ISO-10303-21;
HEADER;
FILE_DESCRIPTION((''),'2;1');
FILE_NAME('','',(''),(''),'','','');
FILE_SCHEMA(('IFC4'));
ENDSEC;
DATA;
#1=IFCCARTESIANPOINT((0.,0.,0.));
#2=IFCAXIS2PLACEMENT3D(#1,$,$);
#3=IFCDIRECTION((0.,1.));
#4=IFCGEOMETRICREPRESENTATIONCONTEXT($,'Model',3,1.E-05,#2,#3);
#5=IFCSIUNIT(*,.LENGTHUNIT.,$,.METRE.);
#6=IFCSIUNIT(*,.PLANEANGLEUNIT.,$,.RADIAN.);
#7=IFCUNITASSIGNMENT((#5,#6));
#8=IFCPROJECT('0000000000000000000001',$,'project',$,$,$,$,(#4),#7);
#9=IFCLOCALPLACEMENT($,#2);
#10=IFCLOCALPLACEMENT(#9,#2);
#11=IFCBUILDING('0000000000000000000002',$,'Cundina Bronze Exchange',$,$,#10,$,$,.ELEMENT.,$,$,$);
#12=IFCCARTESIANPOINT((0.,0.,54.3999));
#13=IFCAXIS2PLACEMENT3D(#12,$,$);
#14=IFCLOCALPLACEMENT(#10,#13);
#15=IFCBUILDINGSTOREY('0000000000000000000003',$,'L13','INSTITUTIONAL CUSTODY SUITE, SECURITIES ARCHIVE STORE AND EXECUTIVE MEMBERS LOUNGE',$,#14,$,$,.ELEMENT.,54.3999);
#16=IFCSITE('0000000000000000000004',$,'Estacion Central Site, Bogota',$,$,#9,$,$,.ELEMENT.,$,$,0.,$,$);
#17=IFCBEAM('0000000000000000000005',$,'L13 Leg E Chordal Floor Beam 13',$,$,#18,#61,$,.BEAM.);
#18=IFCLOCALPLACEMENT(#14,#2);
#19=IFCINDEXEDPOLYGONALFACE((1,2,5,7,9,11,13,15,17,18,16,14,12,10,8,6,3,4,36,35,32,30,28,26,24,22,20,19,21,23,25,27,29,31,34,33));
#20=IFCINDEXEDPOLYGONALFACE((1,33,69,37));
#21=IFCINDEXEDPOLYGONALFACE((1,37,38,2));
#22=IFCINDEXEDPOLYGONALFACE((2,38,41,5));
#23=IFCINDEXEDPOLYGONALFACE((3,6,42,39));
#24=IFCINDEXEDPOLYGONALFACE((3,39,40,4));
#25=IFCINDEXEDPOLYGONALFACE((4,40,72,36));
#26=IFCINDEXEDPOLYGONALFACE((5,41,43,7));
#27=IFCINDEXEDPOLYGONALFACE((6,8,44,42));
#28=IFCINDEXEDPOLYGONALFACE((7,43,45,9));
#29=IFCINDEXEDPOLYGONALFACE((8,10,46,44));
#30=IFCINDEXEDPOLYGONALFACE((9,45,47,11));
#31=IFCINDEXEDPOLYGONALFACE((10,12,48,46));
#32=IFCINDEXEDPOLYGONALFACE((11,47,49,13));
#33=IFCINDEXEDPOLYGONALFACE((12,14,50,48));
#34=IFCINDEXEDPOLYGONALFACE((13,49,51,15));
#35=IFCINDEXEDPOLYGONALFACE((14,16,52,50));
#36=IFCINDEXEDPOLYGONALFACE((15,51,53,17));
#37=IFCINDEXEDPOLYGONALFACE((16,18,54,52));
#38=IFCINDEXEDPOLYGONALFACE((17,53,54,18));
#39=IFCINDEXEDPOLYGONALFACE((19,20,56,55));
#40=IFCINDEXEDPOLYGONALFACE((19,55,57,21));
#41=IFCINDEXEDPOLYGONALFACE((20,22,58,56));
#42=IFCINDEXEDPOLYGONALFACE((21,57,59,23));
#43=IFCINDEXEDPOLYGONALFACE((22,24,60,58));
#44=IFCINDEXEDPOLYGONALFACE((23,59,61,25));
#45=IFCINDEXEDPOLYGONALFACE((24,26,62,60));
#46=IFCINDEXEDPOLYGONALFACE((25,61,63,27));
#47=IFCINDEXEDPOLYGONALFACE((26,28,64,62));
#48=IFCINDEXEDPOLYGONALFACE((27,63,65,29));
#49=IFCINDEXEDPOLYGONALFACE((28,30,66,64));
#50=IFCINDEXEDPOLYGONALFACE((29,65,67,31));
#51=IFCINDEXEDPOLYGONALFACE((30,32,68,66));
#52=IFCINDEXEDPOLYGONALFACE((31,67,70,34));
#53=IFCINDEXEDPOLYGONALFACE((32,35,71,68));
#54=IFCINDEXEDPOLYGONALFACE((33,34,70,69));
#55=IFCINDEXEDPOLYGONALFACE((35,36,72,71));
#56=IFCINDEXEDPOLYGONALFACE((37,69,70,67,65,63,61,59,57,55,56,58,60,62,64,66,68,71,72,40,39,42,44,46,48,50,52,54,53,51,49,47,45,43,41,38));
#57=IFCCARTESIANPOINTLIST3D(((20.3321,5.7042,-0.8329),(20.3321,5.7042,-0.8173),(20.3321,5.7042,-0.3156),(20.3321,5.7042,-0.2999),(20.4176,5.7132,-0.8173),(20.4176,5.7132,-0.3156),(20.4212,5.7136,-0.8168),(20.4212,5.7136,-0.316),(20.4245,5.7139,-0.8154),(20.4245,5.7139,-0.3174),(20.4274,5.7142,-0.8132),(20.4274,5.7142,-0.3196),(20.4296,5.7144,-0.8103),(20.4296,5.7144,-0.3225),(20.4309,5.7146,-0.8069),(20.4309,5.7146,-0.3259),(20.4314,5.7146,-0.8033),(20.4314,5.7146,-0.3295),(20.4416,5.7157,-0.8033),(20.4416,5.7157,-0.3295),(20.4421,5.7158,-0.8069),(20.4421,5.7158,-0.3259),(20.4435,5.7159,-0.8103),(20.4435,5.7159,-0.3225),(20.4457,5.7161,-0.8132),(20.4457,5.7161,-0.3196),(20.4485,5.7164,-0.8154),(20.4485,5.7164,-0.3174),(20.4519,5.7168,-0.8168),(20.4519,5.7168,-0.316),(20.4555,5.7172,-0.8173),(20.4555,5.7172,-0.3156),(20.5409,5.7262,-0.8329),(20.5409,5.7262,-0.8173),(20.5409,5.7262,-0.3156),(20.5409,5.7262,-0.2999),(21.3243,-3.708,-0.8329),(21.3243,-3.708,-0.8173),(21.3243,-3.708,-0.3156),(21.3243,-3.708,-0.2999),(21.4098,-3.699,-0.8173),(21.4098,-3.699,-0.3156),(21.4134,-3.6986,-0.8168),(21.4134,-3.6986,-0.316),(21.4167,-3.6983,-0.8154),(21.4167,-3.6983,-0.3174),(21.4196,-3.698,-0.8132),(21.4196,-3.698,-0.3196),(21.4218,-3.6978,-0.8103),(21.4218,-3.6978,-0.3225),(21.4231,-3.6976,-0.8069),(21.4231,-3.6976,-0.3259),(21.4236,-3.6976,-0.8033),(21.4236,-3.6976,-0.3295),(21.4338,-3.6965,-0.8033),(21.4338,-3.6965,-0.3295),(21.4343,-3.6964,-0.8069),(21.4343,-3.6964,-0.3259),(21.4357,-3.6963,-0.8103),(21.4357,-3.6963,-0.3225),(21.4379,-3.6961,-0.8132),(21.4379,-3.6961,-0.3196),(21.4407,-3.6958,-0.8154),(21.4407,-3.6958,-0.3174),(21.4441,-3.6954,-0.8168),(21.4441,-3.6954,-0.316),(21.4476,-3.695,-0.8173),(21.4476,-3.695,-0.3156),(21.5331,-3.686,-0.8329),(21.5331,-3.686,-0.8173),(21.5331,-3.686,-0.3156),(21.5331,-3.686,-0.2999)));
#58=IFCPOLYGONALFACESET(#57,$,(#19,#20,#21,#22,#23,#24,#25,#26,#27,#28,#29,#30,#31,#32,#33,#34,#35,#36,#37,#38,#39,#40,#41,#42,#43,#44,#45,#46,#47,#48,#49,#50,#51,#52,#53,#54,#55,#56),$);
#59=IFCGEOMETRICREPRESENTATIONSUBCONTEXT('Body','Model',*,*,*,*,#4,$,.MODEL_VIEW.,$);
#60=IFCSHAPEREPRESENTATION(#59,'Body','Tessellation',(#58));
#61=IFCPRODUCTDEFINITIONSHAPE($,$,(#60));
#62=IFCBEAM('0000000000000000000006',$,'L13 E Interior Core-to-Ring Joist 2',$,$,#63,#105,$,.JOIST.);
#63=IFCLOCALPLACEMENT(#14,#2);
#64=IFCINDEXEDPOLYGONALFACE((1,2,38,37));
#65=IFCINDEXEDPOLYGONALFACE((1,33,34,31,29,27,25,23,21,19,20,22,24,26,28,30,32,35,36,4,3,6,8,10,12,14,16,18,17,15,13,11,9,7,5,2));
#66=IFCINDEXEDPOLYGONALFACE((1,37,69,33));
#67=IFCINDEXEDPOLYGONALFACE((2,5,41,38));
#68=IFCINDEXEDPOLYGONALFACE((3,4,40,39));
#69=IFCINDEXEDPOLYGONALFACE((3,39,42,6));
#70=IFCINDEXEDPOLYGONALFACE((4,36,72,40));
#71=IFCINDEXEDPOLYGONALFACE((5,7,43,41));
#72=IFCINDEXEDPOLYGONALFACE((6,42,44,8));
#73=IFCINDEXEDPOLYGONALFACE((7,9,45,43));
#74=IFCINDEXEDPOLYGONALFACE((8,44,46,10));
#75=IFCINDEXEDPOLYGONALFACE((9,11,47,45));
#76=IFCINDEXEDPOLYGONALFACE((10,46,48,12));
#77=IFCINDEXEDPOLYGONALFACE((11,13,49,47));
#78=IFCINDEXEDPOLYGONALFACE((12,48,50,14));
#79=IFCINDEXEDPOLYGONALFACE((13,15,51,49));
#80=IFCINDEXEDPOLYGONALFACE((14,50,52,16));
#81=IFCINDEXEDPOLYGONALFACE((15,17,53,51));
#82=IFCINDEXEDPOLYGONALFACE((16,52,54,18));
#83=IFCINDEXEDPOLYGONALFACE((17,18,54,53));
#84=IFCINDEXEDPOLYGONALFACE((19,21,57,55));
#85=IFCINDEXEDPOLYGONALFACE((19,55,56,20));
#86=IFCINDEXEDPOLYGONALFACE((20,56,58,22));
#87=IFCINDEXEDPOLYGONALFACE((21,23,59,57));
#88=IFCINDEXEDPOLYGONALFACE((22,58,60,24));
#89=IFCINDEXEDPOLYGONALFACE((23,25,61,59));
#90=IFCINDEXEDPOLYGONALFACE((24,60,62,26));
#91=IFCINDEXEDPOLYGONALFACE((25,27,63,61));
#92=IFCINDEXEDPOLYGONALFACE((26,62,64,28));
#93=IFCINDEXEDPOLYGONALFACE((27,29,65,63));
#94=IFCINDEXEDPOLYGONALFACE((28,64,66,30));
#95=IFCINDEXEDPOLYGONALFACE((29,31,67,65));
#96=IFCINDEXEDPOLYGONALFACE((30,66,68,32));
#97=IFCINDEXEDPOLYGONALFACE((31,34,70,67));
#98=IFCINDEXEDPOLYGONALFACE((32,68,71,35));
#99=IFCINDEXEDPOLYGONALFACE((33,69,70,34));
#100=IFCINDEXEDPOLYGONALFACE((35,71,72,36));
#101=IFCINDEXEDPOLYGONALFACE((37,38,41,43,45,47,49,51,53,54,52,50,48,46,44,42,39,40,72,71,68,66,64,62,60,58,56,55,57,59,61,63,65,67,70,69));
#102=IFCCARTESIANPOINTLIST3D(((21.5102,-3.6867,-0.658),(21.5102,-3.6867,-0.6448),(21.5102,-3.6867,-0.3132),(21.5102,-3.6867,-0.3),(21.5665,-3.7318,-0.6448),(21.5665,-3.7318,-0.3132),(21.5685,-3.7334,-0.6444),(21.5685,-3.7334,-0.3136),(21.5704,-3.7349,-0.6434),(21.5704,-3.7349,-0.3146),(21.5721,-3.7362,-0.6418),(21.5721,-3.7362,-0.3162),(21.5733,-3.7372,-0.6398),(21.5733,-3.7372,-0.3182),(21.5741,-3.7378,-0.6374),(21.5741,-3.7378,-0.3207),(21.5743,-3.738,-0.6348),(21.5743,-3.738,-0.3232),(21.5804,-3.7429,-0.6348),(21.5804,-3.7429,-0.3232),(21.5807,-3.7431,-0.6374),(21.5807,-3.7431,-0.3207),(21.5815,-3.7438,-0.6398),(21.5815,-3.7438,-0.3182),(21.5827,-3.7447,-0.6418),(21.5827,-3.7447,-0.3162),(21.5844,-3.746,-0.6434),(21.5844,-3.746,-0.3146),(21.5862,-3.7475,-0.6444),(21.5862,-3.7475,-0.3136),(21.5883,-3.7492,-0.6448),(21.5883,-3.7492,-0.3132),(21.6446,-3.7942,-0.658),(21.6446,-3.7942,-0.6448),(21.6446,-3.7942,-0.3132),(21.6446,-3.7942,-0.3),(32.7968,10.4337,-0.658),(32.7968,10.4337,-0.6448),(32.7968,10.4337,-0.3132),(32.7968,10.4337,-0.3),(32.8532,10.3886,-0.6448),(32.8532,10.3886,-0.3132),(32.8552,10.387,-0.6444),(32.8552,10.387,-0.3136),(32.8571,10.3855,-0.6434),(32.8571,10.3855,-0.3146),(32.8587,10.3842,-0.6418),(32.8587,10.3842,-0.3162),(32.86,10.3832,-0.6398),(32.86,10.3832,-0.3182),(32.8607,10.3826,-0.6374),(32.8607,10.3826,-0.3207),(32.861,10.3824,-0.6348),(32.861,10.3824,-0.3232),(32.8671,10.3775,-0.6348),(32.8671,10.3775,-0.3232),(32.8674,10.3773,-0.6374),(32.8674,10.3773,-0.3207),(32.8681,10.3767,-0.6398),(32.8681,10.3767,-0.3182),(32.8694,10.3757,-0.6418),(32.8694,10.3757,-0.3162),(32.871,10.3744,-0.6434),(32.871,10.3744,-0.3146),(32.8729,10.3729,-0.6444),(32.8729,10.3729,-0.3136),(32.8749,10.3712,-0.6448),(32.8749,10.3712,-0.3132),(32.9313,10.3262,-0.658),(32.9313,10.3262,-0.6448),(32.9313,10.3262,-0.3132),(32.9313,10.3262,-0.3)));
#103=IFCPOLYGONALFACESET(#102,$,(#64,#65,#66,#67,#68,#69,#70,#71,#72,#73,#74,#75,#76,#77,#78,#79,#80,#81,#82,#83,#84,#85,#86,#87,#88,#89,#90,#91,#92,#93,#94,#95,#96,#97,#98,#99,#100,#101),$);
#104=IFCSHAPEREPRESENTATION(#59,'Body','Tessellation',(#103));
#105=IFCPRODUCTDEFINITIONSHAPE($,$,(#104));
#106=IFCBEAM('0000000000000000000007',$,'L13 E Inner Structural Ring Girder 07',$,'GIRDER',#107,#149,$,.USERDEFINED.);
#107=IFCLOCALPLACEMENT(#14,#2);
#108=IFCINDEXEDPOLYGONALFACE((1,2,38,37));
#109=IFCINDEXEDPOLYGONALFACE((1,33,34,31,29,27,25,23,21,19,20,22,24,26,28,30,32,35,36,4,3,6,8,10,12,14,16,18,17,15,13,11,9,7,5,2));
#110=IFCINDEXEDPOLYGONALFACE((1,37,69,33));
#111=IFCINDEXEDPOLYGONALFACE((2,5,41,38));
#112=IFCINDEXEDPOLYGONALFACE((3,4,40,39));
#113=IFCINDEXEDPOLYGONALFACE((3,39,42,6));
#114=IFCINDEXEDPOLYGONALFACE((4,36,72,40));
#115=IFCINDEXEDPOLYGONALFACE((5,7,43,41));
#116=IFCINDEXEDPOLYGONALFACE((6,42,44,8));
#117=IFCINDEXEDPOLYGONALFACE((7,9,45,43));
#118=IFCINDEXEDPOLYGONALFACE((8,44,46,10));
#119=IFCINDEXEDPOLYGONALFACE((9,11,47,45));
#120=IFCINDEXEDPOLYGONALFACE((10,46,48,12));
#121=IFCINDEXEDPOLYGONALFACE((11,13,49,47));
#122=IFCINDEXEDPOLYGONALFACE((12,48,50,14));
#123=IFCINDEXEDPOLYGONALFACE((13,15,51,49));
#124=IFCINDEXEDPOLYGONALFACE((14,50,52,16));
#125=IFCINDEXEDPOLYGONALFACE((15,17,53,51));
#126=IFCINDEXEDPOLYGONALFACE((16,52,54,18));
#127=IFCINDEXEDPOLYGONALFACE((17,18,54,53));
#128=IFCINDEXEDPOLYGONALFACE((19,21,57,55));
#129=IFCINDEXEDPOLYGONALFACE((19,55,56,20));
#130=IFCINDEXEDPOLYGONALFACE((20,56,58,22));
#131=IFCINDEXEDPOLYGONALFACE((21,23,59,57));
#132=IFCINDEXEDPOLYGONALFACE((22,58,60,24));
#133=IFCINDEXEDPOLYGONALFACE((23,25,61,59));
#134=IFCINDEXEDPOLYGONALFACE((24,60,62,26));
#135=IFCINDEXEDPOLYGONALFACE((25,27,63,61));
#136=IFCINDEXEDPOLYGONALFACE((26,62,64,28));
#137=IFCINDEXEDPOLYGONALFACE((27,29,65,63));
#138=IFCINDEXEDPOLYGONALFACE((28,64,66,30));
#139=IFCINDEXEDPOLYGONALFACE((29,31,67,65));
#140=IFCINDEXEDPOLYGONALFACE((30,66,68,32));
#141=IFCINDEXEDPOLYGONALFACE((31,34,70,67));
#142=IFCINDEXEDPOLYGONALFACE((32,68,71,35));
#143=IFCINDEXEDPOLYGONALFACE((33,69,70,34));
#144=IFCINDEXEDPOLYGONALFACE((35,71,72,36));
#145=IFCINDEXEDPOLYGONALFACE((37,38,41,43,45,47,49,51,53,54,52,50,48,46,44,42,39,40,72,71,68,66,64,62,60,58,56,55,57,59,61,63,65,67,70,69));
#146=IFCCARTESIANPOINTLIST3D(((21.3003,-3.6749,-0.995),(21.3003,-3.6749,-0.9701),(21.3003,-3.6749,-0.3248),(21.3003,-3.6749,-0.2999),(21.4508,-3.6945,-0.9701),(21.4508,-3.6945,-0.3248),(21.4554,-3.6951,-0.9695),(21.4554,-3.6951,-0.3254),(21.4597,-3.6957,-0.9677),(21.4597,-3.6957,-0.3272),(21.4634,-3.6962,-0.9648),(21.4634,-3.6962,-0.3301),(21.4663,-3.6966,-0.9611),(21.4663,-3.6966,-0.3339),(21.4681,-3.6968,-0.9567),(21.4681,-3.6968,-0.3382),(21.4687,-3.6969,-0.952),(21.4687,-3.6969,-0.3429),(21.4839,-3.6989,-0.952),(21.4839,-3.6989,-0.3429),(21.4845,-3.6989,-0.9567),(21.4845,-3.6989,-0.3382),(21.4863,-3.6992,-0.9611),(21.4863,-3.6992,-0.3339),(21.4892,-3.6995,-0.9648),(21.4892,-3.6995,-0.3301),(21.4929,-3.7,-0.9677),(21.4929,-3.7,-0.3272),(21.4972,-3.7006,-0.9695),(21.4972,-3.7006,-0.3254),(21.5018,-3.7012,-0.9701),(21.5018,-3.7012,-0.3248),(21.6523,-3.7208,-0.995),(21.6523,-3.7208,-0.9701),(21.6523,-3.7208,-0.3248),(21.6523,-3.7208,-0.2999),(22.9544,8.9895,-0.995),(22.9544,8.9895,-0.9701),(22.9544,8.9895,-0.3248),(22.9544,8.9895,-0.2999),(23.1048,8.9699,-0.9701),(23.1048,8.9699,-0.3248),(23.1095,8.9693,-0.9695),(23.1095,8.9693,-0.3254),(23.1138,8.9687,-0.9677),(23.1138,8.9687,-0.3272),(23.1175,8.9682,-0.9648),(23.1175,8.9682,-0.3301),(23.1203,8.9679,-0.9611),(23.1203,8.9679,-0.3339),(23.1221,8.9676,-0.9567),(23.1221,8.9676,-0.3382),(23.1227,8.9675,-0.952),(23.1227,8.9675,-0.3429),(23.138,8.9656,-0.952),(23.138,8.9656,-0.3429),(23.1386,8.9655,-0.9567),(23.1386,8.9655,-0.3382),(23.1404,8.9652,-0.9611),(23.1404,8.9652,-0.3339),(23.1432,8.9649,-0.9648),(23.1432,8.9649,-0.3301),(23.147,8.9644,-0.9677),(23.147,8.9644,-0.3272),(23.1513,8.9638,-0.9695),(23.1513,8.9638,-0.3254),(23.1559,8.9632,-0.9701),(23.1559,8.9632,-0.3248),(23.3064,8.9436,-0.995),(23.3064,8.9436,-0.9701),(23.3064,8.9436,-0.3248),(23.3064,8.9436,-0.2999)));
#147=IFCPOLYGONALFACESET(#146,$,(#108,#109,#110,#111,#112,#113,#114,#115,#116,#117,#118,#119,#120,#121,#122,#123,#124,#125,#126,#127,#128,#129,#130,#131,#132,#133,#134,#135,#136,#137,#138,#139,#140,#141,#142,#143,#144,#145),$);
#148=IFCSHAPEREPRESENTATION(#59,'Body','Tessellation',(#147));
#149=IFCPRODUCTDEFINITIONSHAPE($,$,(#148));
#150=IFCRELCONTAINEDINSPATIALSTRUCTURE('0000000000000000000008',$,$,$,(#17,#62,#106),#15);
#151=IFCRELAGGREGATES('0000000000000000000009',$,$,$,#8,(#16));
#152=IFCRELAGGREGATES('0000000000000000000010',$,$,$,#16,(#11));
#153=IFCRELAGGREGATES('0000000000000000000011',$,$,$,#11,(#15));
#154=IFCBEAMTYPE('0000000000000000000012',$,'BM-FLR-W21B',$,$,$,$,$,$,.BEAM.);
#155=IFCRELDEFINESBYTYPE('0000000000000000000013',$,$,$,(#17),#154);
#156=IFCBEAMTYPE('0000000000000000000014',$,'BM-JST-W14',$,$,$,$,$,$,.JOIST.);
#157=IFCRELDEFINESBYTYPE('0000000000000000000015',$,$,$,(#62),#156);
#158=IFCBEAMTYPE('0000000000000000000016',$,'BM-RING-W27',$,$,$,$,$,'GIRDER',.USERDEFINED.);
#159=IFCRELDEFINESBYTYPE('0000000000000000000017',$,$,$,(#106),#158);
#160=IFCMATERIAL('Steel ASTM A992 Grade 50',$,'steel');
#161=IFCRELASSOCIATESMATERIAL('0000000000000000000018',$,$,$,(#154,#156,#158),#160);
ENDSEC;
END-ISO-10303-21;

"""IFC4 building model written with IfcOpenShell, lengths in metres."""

from ifc_helpers import new_model, si_unit, direction, frame, origin, origin_2d, place, context, subcontext, project, spatial, i_section, extrude, material, material_profile, profile_set, type_object, element, save


model = new_model("IFC4")

# Units and contexts
model_context = context("Model", 3, precision=1e-05, world=origin(), true_north=direction((0.0, 1.0)))
body_context = subcontext(model_context, "Body", "Model", "MODEL_VIEW")
ifc_project = project(units=[si_unit("LENGTHUNIT", "METRE"), si_unit("PLANEANGLEUNIT", "RADIAN")], contexts=[model_context])

# Site, building, storey
site_placement = place(None, origin())
site = spatial("IfcSite", under=ifc_project, at=site_placement, Name="Estacion Central Site, Bogota", CompositionType="ELEMENT", RefElevation=0.0)
building_placement = place(site_placement, origin())
building = spatial("IfcBuilding", under=site, at=building_placement, Name="Cundina Bronze Exchange", CompositionType="ELEMENT")
storey_placement = place(building_placement, frame((0.0, 0.0, 54.3999)))
storey = spatial("IfcBuildingStorey", under=building, at=storey_placement, Name="L13", Description="INSTITUTIONAL CUSTODY SUITE, SECURITIES ARCHIVE STORE AND EXECUTIVE MEMBERS LOUNGE", CompositionType="ELEMENT", Elevation=54.3999)

# Shared definitions
ifc_material_1 = material(Name="Steel ASTM A992 Grade 50", Category="steel")

# Beams
ifc_material_profile_1 = material_profile(ifc_material_1, i_section(OverallWidth=0.21, OverallDepth=0.533, WebThickness=0.0103, FlangeThickness=0.0156, FilletRadius=0.0139, at=origin_2d()), Name="W21X62", Category="steel")
ifc_profile_set_1 = profile_set([ifc_material_profile_1], Name="Steel ASTM A992 Grade 50")
beam_type_1 = type_object("IfcBeamType", Name="BM-FLR-W21B", PredefinedType="BEAM", material=ifc_profile_set_1)
beam_1_placement = place(storey_placement, frame((21.4287, -3.697, -0.5664), z_axis=(-0.104835, 0.99449, 0.0), x_axis=(-0.99449, -0.104835, 0.0)))
element("IfcBeam", 1, at=beam_1_placement, inside=storey, type_object=beam_type_1, Name="L13 Leg E Chordal Floor Beam 13", PredefinedType="BEAM", context=body_context, shape_type="SweptSolid", body=[
    extrude(i_section(OverallWidth=0.21, OverallDepth=0.533, WebThickness=0.0103, FlangeThickness=0.0156, FilletRadius=0.0139, at=origin_2d()), origin(), (0.0, 0.0, 1.0), 9.4644),
])
ifc_material_profile_2 = material_profile(ifc_material_1, i_section(OverallWidth=0.1721, OverallDepth=0.3579, WebThickness=0.0078, FlangeThickness=0.0132, FilletRadius=0.01, at=origin_2d()), Name="W14X38", Category="steel")
ifc_profile_set_2 = profile_set([ifc_material_profile_2], Name="Steel ASTM A992 Grade 50")
beam_type_2 = type_object("IfcBeamType", Name="BM-JST-W14", PredefinedType="JOIST", material=ifc_profile_set_2)
beam_2_placement = place(storey_placement, frame((21.5774, -3.7405, -0.479), z_axis=(0.624369, 0.78113, 0.0), x_axis=(-0.78113, 0.624369, 0.0)))
element("IfcBeam", 2, at=beam_2_placement, inside=storey, type_object=beam_type_2, Name="L13 E Interior Core-to-Ring Joist 2", PredefinedType="JOIST", context=body_context, shape_type="SweptSolid", body=[
    extrude(i_section(OverallWidth=0.1721, OverallDepth=0.3579, WebThickness=0.0078, FlangeThickness=0.0132, FilletRadius=0.01, at=origin_2d()), origin(), (0.0, 0.0, 1.0), 18.0769),
])
ifc_material_profile_3 = material_profile(ifc_material_1, i_section(OverallWidth=0.355, OverallDepth=0.6951, WebThickness=0.0154, FlangeThickness=0.0249, FilletRadius=0.0181, at=origin_2d()), Name="W27X146", Category="steel")
ifc_profile_set_3 = profile_set([ifc_material_profile_3], Name="Steel ASTM A992 Grade 50")
beam_type_3 = type_object("IfcBeamType", Name="BM-RING-W27", ElementType="GIRDER", PredefinedType="USERDEFINED", material=ifc_profile_set_3)
beam_3_placement = place(storey_placement, frame((23.1304, 8.9666, -0.6475), z_axis=(-0.129508, -0.991578, 0.0), x_axis=(0.991578, -0.129508, 0.0)))
element("IfcBeam", 3, at=beam_3_placement, inside=storey, type_object=beam_type_3, Name="L13 E Inner Structural Ring Girder 07", ObjectType="GIRDER", PredefinedType="USERDEFINED", context=body_context, shape_type="SweptSolid", body=[
    extrude(i_section(OverallWidth=0.355, OverallDepth=0.6951, WebThickness=0.0154, FlangeThickness=0.0249, FilletRadius=0.0181, at=origin_2d()), origin(), (0.0, 0.0, 1.0), 12.772),
])

save(model, "model.ifc")
